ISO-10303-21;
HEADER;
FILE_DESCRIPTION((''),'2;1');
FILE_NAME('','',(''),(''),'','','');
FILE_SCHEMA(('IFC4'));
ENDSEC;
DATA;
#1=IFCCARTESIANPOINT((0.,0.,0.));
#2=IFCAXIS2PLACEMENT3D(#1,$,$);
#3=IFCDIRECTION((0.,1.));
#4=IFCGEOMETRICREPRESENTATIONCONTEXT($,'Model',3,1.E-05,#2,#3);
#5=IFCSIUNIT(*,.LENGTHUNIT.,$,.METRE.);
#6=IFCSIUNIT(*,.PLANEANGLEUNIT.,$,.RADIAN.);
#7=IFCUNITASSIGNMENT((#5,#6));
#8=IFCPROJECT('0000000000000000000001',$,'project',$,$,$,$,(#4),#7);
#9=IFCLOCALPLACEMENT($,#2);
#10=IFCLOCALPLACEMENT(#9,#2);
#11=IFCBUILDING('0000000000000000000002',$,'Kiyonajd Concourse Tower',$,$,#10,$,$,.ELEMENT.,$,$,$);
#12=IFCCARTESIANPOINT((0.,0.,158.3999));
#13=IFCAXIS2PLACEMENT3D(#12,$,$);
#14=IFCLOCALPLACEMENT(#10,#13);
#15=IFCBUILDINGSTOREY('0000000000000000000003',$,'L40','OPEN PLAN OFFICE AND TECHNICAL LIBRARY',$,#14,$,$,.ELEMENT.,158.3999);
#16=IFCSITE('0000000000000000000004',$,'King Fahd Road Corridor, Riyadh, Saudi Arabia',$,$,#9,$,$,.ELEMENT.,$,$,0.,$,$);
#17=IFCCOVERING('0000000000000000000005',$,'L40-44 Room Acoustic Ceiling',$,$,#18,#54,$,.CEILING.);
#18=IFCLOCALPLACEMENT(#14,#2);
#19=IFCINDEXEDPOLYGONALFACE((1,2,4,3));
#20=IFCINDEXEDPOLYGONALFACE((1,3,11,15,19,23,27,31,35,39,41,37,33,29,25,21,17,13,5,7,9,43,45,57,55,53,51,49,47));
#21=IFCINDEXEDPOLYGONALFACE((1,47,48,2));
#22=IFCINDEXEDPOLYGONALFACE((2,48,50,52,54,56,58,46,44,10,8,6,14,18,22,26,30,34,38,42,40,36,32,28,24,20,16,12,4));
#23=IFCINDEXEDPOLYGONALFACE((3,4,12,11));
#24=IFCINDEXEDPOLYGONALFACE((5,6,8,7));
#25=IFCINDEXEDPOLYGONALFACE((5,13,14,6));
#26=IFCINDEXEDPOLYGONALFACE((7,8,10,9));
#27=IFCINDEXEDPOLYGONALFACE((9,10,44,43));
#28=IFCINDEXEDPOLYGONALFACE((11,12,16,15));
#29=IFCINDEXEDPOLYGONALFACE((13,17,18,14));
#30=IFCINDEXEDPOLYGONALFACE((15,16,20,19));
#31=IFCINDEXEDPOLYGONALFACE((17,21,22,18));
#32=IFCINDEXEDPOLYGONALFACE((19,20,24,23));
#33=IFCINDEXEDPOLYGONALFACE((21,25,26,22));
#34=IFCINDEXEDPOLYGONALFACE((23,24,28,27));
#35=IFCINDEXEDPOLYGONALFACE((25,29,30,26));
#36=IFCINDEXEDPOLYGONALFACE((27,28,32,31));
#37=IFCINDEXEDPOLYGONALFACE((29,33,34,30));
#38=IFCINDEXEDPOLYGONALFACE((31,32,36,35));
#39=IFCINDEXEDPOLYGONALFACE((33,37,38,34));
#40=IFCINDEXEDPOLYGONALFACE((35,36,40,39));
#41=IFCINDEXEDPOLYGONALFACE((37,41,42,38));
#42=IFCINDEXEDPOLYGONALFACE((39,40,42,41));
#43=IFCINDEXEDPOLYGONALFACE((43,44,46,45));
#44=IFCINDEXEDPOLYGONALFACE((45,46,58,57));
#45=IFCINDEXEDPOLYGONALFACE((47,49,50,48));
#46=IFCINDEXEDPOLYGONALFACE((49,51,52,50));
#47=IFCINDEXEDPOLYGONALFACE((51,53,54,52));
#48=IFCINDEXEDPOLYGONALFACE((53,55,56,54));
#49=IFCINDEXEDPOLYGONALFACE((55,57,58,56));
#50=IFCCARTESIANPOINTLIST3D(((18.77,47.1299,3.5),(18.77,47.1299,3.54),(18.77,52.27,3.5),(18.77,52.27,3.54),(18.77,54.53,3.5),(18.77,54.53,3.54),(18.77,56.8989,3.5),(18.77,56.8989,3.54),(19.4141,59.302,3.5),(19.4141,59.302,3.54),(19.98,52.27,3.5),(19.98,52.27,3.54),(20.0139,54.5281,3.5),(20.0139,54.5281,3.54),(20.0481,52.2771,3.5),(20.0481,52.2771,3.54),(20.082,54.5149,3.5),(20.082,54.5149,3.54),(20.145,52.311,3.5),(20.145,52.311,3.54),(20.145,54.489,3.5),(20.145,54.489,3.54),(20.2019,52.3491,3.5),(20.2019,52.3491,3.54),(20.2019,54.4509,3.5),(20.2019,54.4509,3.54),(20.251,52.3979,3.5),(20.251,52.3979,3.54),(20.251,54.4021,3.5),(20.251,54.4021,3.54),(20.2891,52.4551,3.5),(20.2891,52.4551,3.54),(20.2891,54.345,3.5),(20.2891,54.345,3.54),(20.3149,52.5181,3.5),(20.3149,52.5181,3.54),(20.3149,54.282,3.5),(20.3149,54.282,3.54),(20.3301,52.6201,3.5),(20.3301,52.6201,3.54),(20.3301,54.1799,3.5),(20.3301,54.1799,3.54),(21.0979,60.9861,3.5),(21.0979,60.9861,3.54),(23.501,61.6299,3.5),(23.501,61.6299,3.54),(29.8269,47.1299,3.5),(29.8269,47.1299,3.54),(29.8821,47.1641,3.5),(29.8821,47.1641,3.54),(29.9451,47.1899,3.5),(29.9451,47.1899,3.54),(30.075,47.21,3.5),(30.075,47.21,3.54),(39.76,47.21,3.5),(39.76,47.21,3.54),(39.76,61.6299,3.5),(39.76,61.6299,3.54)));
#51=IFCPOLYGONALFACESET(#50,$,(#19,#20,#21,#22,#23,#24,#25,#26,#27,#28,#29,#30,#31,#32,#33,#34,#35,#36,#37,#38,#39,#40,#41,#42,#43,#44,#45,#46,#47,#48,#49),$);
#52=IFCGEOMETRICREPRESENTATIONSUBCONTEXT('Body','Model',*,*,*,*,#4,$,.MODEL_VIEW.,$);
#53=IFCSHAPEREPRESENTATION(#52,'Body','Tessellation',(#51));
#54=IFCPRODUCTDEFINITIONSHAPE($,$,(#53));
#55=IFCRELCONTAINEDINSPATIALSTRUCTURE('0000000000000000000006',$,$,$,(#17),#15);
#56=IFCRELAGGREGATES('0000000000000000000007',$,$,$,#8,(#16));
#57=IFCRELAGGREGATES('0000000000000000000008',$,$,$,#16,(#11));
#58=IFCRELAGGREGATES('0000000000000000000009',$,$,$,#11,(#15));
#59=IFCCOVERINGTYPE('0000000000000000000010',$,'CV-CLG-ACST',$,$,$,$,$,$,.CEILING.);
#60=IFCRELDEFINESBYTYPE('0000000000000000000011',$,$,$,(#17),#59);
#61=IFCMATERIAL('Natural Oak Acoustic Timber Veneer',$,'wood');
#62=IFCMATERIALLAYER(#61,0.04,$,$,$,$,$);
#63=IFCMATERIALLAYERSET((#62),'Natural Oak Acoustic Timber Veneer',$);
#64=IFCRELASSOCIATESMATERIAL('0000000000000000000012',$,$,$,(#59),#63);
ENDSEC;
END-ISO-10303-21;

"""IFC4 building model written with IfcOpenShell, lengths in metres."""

from ifc_helpers import new_model, si_unit, direction, frame, origin, place, context, subcontext, project, spatial, polyline, outline, extrude, material, layer, layer_set, type_object, element, save


model = new_model("IFC4")

# Units and contexts
model_context = context("Model", 3, precision=1e-05, world=origin(), true_north=direction((0.0, 1.0)))
body_context = subcontext(model_context, "Body", "Model", "MODEL_VIEW")
ifc_project = project(units=[si_unit("LENGTHUNIT", "METRE"), si_unit("PLANEANGLEUNIT", "RADIAN")], contexts=[model_context])

# Site, building, storey
site_placement = place(None, origin())
site = spatial("IfcSite", under=ifc_project, at=site_placement, Name="King Fahd Road Corridor, Riyadh, Saudi Arabia", CompositionType="ELEMENT", RefElevation=0.0)
building_placement = place(site_placement, origin())
building = spatial("IfcBuilding", under=site, at=building_placement, Name="Kiyonajd Concourse Tower", CompositionType="ELEMENT")
storey_placement = place(building_placement, frame((0.0, 0.0, 158.3999)))
storey = spatial("IfcBuildingStorey", under=building, at=storey_placement, Name="L40", Description="OPEN PLAN OFFICE AND TECHNICAL LIBRARY", CompositionType="ELEMENT", Elevation=158.3999)

# Shared definitions
ifc_material_1 = material(Name="Natural Oak Acoustic Timber Veneer", Category="wood")

# Covering
ifc_layer_1 = layer(ifc_material_1, 0.04)
ifc_layer_set_1 = layer_set([ifc_layer_1], Name="Natural Oak Acoustic Timber Veneer")
covering_type = type_object("IfcCoveringType", Name="CV-CLG-ACST", PredefinedType="CEILING", material=ifc_layer_set_1)
covering_placement = place(storey_placement, frame((0.0, 0.0, 3.5)))
element("IfcCovering", 1, at=covering_placement, inside=storey, type_object=covering_type, Name="L40-44 Room Acoustic Ceiling", PredefinedType="CEILING", context=body_context, shape_type="SweptSolid", body=[
    extrude(outline(polyline([(21.0979, 60.9861), (23.501, 61.6299), (39.76, 61.6299), (39.76, 47.21), (30.075, 47.21), (29.9451, 47.1899), (29.8821, 47.1641), (29.8269, 47.1299), (18.77, 47.1299), (18.77, 52.27), (19.98, 52.27), (20.0481, 52.2771), (20.145, 52.311), (20.2019, 52.3491), (20.251, 52.3979), (20.2891, 52.4551), (20.3149, 52.5181), (20.3301, 52.6201), (20.3301, 54.1799), (20.3149, 54.282), (20.2891, 54.345), (20.251, 54.4021), (20.2019, 54.4509), (20.145, 54.489), (20.082, 54.5149), (20.0139, 54.5281), (18.77, 54.53), (18.77, 56.8989), (19.4141, 59.302), (21.0979, 60.9861)])), origin(), (0.0, 0.0, 1.0), 0.04),
])

save(model, "model.ifc")
